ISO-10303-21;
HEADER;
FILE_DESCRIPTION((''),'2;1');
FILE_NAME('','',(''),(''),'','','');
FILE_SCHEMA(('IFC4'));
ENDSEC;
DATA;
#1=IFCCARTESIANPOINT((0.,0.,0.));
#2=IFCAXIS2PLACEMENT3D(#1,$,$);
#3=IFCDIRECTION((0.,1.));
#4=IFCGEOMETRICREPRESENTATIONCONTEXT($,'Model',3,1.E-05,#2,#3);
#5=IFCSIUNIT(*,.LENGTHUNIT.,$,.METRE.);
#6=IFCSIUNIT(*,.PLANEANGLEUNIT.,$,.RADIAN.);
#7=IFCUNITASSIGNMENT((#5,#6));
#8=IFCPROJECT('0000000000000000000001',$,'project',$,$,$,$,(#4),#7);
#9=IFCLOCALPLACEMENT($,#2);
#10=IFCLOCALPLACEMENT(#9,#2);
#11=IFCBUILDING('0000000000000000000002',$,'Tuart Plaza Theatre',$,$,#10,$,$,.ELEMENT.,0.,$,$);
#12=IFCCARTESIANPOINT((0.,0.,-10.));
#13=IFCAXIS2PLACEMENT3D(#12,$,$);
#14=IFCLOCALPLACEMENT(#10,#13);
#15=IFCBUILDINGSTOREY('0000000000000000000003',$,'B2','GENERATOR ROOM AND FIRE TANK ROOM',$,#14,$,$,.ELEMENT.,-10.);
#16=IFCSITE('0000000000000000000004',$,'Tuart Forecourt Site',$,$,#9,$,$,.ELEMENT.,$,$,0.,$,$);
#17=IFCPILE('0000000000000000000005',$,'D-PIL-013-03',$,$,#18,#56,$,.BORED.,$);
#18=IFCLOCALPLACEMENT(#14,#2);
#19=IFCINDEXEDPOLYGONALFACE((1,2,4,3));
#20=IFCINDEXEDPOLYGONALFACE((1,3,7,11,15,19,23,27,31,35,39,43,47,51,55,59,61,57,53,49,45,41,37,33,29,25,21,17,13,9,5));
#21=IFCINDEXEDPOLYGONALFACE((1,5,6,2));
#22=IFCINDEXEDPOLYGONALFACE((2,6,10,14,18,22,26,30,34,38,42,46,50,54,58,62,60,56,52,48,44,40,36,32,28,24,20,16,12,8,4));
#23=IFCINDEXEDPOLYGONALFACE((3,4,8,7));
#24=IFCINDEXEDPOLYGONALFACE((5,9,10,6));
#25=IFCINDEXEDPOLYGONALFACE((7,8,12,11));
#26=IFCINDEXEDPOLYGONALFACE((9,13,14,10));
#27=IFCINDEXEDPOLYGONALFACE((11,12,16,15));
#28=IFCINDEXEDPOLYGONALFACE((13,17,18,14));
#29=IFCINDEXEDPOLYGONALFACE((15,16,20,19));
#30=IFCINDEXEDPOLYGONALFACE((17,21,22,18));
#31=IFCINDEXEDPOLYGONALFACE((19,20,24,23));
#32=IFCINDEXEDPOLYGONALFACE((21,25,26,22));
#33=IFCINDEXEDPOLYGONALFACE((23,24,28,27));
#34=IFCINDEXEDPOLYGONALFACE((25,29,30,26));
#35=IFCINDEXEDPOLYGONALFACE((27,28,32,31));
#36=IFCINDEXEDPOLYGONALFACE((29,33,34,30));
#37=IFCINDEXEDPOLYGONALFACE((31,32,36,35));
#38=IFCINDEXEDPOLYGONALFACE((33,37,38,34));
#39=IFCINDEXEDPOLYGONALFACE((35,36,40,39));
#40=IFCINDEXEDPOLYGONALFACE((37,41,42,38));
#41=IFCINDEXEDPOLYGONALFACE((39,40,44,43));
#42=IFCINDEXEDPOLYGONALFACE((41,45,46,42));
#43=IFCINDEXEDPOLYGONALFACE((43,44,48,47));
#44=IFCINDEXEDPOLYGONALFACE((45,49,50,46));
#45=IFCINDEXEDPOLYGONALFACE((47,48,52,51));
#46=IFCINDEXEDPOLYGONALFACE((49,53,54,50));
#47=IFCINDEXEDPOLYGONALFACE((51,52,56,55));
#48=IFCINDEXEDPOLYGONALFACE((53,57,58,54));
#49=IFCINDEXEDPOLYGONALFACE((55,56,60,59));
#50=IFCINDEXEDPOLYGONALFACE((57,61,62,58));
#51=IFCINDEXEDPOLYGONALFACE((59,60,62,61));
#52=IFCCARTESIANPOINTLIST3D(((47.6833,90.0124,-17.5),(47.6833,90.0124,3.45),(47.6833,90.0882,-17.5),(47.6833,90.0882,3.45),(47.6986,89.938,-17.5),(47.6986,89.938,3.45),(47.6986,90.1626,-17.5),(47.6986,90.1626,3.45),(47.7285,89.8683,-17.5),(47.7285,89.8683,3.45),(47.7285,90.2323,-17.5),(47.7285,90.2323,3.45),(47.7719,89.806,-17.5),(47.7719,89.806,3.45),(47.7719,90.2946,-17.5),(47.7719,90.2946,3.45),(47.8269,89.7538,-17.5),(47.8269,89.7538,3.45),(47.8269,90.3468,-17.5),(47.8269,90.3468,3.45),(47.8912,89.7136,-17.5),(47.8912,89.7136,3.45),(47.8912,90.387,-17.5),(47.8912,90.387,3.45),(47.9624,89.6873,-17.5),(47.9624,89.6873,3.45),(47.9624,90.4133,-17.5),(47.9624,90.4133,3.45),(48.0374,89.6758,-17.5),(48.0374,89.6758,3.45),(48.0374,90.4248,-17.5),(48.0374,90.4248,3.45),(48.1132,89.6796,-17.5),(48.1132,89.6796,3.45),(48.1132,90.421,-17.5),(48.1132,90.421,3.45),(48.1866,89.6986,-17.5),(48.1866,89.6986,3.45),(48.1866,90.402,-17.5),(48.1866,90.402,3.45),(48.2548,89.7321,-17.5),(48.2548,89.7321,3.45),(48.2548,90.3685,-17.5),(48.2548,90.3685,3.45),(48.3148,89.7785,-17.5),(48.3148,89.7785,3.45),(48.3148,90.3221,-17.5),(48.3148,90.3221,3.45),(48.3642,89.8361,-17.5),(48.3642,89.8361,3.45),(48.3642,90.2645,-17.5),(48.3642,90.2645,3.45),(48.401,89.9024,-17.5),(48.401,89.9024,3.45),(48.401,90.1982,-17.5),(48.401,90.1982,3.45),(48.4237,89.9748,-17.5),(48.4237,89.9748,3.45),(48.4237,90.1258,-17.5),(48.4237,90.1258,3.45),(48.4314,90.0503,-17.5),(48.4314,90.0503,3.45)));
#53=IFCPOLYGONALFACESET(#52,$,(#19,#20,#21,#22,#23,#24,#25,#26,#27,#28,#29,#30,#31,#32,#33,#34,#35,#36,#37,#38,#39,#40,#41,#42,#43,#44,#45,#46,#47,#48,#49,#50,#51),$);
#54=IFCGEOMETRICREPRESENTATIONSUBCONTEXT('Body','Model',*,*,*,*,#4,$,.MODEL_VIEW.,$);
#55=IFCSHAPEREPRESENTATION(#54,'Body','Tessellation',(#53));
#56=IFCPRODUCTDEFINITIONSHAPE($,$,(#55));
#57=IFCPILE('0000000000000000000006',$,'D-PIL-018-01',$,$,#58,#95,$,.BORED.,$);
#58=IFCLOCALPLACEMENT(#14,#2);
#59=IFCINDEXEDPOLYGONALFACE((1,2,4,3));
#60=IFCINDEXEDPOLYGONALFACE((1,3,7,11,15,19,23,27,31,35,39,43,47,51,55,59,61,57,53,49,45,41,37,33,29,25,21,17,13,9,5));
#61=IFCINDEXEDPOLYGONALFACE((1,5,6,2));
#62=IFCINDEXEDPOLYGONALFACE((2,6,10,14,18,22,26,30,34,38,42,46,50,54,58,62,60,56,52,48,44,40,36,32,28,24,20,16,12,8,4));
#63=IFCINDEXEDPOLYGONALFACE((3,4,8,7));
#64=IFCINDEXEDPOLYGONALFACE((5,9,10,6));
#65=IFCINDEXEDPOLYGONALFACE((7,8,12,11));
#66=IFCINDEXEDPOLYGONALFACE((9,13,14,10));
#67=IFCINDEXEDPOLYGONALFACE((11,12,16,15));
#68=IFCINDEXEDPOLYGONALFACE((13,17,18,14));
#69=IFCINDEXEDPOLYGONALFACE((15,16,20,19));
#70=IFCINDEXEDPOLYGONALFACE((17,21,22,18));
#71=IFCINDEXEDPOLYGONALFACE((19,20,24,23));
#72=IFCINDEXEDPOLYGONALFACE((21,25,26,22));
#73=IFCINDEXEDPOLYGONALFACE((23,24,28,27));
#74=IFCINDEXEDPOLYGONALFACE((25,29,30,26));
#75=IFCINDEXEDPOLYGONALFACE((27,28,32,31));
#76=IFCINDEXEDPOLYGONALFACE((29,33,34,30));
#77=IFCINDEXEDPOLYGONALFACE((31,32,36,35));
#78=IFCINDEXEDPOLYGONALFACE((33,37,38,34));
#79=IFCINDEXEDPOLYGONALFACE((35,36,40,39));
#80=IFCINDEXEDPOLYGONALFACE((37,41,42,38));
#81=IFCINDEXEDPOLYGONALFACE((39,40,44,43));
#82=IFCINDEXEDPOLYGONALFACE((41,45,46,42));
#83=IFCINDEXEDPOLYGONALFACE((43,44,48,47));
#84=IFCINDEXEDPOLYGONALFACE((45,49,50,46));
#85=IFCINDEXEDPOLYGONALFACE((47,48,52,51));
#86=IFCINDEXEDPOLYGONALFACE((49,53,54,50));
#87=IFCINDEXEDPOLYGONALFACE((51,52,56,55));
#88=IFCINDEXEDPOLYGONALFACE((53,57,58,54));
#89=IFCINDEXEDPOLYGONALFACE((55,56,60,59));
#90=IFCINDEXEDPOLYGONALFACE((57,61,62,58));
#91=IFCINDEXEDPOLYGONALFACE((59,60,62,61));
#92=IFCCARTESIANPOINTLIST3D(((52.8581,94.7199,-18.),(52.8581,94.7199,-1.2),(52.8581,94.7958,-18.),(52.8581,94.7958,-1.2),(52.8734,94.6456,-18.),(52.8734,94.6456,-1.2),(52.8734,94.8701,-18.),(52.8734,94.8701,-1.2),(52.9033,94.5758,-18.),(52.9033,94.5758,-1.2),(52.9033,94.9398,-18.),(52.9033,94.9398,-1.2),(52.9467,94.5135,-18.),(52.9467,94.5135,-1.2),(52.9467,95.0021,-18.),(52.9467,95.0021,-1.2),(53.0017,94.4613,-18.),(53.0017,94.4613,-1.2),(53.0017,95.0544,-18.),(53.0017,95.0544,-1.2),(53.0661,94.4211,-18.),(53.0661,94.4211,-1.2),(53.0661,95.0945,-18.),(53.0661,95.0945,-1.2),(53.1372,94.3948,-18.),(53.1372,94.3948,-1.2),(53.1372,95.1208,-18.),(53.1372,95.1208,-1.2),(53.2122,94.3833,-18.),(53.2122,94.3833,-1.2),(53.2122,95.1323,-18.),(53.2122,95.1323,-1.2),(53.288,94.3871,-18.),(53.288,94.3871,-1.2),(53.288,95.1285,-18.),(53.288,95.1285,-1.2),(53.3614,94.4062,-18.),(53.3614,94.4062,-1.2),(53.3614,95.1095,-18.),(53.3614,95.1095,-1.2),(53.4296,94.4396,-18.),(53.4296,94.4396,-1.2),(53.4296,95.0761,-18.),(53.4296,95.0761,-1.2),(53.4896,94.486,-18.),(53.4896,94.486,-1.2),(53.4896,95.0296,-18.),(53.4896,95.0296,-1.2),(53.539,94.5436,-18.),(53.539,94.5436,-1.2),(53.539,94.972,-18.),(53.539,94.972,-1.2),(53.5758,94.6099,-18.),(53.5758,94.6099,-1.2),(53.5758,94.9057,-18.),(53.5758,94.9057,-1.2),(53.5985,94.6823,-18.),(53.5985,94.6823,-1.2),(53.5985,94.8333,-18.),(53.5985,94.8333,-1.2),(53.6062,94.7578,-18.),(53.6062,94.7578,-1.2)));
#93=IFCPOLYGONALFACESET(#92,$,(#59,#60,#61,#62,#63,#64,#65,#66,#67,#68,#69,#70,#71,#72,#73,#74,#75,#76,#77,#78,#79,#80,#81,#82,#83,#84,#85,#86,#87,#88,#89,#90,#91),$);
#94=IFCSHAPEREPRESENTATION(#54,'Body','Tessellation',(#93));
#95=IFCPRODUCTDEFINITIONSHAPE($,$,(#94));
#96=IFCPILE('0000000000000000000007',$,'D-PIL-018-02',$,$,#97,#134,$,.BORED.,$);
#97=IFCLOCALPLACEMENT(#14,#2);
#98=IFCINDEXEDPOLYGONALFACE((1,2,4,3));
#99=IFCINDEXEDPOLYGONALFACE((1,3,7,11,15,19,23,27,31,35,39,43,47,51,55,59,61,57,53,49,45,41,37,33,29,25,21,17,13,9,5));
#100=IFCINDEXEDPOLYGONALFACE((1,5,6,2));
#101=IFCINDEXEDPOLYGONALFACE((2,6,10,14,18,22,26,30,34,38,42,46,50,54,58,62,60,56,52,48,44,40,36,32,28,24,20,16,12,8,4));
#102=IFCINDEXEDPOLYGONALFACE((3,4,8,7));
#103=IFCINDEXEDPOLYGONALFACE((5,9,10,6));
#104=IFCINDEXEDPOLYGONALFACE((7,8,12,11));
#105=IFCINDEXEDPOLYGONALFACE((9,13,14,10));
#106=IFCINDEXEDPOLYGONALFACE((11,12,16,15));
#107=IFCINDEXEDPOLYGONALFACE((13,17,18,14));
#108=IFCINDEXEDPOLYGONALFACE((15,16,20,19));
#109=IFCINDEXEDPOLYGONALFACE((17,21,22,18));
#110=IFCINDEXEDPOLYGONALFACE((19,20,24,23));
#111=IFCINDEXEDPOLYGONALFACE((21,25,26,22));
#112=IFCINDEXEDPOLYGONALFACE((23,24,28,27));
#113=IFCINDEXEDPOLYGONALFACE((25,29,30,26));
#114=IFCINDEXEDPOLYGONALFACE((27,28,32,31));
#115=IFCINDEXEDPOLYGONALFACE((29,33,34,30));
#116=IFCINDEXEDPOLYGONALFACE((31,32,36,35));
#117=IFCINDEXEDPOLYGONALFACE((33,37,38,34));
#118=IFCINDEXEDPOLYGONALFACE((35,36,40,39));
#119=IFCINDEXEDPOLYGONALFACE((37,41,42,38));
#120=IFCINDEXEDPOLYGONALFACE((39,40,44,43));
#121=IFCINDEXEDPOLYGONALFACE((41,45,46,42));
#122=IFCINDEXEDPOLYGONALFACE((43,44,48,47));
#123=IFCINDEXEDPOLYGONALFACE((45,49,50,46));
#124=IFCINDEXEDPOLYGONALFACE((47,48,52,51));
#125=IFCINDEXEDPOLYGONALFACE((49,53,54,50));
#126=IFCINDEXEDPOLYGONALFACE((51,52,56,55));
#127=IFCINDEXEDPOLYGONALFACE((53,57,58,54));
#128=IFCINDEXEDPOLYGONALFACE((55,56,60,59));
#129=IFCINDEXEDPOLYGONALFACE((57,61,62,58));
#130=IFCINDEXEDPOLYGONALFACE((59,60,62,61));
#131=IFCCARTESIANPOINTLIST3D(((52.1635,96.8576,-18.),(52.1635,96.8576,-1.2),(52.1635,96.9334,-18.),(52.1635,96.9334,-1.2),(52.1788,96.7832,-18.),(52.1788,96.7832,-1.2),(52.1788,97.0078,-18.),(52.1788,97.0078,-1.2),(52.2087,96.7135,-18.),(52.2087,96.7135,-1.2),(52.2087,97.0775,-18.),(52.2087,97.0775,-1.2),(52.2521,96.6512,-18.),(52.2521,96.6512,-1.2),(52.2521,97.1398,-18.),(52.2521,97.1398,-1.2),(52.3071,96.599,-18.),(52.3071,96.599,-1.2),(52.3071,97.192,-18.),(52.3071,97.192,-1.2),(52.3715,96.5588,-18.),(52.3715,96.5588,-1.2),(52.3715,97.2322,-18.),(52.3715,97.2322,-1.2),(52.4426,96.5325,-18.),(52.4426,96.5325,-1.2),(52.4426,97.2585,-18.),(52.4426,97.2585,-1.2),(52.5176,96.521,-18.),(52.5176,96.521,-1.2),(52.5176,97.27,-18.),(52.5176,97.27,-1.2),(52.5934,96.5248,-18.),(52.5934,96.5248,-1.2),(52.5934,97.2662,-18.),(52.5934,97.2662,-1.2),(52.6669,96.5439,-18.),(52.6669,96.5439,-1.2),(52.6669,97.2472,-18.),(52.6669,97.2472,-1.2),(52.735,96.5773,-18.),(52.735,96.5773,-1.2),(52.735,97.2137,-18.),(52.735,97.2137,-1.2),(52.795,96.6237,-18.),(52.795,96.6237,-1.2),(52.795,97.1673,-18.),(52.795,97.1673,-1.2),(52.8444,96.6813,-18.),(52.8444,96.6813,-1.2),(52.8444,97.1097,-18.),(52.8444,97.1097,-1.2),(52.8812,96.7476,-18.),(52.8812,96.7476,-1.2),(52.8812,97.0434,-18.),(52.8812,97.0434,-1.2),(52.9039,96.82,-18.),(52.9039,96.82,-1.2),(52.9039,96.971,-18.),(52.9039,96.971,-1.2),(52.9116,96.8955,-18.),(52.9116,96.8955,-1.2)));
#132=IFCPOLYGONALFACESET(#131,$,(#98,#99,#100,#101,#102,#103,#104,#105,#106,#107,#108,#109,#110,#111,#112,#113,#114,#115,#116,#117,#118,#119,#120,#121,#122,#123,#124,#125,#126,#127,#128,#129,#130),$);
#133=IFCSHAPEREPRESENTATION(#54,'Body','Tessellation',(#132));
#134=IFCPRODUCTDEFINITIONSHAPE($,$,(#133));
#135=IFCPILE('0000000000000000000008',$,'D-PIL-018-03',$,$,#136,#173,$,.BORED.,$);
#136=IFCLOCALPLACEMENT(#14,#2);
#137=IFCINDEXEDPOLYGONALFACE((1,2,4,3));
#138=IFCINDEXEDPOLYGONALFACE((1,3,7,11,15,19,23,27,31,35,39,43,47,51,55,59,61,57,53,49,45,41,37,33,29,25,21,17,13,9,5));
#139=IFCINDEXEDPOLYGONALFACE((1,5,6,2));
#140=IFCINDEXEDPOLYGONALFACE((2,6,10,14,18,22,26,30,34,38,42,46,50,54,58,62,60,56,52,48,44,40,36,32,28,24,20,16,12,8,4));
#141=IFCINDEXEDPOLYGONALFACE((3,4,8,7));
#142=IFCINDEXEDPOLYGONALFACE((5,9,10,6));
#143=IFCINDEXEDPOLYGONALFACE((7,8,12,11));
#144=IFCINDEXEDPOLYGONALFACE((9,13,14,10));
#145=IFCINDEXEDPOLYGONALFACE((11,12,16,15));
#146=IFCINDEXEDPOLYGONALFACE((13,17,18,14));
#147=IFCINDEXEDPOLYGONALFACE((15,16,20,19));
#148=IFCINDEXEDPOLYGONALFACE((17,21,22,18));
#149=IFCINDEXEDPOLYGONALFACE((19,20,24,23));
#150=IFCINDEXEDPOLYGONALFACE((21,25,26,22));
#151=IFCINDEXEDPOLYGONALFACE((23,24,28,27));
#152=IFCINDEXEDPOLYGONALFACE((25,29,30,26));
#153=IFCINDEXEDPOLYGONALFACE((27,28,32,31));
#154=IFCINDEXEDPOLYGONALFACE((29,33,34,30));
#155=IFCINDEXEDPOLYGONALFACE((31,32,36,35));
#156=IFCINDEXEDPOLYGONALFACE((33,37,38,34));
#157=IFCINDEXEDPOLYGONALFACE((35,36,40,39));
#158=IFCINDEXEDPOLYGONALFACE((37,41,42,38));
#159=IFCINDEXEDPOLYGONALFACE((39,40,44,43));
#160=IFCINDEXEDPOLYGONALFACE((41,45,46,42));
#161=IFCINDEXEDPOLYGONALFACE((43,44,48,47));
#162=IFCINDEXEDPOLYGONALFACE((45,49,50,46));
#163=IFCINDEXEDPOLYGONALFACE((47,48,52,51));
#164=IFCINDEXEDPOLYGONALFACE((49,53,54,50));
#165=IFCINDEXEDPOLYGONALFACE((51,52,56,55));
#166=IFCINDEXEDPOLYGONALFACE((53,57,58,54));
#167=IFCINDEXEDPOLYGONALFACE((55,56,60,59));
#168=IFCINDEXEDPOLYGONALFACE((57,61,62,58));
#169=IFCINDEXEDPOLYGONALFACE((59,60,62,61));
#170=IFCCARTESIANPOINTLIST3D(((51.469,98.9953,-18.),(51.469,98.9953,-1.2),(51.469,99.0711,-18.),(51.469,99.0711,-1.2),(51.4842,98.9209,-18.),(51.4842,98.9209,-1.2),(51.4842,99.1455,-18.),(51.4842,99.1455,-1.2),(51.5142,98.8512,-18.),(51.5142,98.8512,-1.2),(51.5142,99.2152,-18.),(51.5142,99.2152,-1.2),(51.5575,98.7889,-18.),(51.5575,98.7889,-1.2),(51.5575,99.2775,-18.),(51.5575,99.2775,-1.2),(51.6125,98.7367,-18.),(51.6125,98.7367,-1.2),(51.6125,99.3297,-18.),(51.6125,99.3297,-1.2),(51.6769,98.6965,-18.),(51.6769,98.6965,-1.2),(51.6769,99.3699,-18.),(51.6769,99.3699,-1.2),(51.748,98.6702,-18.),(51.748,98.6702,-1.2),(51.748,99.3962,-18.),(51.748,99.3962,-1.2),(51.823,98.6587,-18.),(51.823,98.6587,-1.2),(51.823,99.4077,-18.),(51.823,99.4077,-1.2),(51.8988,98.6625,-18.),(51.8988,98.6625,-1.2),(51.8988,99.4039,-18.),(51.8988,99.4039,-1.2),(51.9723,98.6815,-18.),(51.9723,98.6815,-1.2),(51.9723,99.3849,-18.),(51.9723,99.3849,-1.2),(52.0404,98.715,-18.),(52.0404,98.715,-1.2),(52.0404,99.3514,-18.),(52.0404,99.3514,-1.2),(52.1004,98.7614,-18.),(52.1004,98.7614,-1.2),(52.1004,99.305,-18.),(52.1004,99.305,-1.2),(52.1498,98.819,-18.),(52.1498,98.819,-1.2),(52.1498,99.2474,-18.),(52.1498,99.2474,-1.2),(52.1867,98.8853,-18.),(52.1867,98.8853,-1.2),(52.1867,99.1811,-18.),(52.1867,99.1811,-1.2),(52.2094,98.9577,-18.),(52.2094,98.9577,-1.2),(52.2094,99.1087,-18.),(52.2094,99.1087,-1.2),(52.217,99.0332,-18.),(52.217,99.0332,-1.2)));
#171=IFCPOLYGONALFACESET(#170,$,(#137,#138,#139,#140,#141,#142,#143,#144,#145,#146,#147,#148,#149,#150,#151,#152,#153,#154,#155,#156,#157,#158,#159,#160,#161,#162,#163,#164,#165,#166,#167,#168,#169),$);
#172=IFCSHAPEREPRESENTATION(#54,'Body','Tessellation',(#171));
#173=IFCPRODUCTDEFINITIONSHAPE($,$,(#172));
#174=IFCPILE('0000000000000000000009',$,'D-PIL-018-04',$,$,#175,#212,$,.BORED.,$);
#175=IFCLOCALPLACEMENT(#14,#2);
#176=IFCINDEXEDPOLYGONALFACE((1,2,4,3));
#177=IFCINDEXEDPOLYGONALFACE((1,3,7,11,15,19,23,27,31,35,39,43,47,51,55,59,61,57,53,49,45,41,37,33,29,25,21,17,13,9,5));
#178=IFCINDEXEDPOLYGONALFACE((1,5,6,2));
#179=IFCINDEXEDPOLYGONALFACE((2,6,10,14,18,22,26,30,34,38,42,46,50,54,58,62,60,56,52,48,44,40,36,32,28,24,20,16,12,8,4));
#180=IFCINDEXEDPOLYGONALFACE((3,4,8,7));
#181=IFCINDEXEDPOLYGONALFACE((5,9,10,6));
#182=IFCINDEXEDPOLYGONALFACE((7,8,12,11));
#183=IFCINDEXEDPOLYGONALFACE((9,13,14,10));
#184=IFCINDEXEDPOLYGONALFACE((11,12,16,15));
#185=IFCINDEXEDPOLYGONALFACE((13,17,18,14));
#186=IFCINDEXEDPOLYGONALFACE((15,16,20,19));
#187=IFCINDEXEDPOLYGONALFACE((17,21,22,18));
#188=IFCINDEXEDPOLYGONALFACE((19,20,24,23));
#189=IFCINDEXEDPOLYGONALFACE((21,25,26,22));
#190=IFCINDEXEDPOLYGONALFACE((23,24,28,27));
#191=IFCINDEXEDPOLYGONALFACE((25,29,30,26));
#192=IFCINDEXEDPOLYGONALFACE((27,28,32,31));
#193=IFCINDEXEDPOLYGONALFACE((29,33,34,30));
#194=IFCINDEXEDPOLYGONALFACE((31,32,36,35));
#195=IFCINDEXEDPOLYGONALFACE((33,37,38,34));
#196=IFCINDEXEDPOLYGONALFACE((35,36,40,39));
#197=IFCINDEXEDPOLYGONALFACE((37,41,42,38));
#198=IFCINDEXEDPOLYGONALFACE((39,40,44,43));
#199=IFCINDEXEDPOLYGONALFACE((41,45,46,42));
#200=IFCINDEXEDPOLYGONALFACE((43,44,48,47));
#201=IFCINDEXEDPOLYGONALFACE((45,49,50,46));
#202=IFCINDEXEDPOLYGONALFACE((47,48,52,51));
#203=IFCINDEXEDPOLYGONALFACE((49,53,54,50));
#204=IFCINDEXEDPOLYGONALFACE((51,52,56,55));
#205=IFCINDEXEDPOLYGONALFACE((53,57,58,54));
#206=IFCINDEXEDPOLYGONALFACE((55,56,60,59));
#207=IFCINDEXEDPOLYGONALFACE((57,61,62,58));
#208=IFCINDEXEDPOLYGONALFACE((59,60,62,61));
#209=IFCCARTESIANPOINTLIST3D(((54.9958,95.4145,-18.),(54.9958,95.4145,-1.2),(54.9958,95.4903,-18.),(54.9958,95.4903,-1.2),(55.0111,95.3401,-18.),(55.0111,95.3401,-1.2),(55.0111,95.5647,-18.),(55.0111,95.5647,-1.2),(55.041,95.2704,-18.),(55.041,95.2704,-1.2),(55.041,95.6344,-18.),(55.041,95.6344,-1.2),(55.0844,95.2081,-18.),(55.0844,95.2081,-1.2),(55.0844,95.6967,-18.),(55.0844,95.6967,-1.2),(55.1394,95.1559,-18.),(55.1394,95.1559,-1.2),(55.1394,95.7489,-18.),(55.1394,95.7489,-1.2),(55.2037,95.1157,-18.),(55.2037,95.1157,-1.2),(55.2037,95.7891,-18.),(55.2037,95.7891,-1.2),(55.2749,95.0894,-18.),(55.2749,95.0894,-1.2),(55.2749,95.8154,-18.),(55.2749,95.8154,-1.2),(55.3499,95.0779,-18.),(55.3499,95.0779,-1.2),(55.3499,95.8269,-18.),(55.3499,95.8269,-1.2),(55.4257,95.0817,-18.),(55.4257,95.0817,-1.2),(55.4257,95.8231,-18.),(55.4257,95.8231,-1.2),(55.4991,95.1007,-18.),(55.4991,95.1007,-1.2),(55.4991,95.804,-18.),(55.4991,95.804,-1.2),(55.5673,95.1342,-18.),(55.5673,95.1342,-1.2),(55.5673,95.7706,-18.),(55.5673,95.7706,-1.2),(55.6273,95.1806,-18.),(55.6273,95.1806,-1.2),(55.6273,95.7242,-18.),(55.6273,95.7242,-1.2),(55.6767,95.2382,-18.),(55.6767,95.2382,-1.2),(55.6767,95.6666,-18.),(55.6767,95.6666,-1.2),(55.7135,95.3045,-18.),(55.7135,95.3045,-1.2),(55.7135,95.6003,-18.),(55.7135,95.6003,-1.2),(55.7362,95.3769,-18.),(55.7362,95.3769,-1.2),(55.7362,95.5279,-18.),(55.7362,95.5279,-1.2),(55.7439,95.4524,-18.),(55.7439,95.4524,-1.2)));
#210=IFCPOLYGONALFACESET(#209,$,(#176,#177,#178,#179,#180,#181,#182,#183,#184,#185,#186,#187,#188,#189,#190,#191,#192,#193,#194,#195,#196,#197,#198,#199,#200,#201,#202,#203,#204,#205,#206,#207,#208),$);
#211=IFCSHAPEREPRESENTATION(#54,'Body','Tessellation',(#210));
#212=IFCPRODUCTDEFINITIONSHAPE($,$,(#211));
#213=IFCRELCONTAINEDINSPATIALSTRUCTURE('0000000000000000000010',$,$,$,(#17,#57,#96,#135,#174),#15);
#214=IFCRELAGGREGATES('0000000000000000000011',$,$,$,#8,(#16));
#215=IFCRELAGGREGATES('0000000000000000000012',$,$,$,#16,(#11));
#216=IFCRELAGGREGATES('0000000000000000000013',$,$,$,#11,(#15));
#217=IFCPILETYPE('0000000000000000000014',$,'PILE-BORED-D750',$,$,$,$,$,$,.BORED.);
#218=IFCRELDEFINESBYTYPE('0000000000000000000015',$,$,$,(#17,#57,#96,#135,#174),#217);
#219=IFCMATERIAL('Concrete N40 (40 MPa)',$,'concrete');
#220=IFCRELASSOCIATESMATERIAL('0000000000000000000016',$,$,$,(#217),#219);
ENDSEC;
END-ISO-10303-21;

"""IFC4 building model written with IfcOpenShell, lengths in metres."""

from ifc_helpers import new_model, si_unit, direction, frame, origin, origin_2d, place, context, subcontext, project, spatial, circle, extrude, material, material_profile, profile_set, type_object, element, save


model = new_model("IFC4")

# Units and contexts
model_context = context("Model", 3, precision=1e-05, world=origin(), true_north=direction((0.0, 1.0)))
body_context = subcontext(model_context, "Body", "Model", "MODEL_VIEW")
ifc_project = project(units=[si_unit("LENGTHUNIT", "METRE"), si_unit("PLANEANGLEUNIT", "RADIAN")], contexts=[model_context])

# Site, building, storey
site_placement = place(None, origin())
site = spatial("IfcSite", under=ifc_project, at=site_placement, Name="Tuart Forecourt Site", CompositionType="ELEMENT", RefElevation=0.0)
building_placement = place(site_placement, origin())
building = spatial("IfcBuilding", under=site, at=building_placement, Name="Tuart Plaza Theatre", CompositionType="ELEMENT", ElevationOfRefHeight=0.0)
storey_placement = place(building_placement, frame((0.0, 0.0, -10.0)))
storey = spatial("IfcBuildingStorey", under=building, at=storey_placement, Name="B2", Description="GENERATOR ROOM AND FIRE TANK ROOM", CompositionType="ELEMENT", Elevation=-10.0)

# Piles
ifc_material_1 = material(Name="Concrete N40 (40 MPa)", Category="concrete")
ifc_material_profile_1 = material_profile(ifc_material_1, circle(Radius=0.375, at=origin_2d()), Name="PILE-BORED-D750")
ifc_profile_set_1 = profile_set([ifc_material_profile_1], Name="Concrete N40 (40 MPa)")
pile_type_1 = type_object("IfcPileType", Name="PILE-BORED-D750", PredefinedType="BORED", material=ifc_profile_set_1)
for number, where, z_axis, x_axis, name in (
    (1, (48.0564, 90.0503, 3.45), (0.0, 0.0, -1.0), (1.0, 0.0, 0.0), "D-PIL-013-03"),
):
    element("IfcPile", number, at=place(storey_placement, frame(where, z_axis=z_axis, x_axis=x_axis)), inside=storey, type_object=pile_type_1, Name=name, PredefinedType="BORED", context=body_context, shape_type="SweptSolid", body=[
        extrude(circle(Radius=0.375, at=origin_2d()), origin(), (0.0, 0.0, 1.0), 20.95),
    ])
for number, where, z_axis, x_axis, name in (
    (2, (53.2312, 94.7578, -1.2), (0.0, 0.0, -1.0), (1.0, 0.0, 0.0), "D-PIL-018-01"),
    (3, (52.5366, 96.8955, -1.2), (0.0, 0.0, -1.0), (1.0, 0.0, 0.0), "D-PIL-018-02"),
    (4, (51.842, 99.0332, -1.2), (0.0, 0.0, -1.0), (1.0, 0.0, 0.0), "D-PIL-018-03"),
    (5, (55.3689, 95.4524, -1.2), (0.0, 0.0, -1.0), (1.0, 0.0, 0.0), "D-PIL-018-04"),
):
    element("IfcPile", number, at=place(storey_placement, frame(where, z_axis=z_axis, x_axis=x_axis)), inside=storey, type_object=pile_type_1, Name=name, PredefinedType="BORED", context=body_context, shape_type="SweptSolid", body=[
        extrude(circle(Radius=0.375, at=origin_2d()), origin(), (0.0, 0.0, 1.0), 16.8),
    ])

save(model, "model.ifc")
